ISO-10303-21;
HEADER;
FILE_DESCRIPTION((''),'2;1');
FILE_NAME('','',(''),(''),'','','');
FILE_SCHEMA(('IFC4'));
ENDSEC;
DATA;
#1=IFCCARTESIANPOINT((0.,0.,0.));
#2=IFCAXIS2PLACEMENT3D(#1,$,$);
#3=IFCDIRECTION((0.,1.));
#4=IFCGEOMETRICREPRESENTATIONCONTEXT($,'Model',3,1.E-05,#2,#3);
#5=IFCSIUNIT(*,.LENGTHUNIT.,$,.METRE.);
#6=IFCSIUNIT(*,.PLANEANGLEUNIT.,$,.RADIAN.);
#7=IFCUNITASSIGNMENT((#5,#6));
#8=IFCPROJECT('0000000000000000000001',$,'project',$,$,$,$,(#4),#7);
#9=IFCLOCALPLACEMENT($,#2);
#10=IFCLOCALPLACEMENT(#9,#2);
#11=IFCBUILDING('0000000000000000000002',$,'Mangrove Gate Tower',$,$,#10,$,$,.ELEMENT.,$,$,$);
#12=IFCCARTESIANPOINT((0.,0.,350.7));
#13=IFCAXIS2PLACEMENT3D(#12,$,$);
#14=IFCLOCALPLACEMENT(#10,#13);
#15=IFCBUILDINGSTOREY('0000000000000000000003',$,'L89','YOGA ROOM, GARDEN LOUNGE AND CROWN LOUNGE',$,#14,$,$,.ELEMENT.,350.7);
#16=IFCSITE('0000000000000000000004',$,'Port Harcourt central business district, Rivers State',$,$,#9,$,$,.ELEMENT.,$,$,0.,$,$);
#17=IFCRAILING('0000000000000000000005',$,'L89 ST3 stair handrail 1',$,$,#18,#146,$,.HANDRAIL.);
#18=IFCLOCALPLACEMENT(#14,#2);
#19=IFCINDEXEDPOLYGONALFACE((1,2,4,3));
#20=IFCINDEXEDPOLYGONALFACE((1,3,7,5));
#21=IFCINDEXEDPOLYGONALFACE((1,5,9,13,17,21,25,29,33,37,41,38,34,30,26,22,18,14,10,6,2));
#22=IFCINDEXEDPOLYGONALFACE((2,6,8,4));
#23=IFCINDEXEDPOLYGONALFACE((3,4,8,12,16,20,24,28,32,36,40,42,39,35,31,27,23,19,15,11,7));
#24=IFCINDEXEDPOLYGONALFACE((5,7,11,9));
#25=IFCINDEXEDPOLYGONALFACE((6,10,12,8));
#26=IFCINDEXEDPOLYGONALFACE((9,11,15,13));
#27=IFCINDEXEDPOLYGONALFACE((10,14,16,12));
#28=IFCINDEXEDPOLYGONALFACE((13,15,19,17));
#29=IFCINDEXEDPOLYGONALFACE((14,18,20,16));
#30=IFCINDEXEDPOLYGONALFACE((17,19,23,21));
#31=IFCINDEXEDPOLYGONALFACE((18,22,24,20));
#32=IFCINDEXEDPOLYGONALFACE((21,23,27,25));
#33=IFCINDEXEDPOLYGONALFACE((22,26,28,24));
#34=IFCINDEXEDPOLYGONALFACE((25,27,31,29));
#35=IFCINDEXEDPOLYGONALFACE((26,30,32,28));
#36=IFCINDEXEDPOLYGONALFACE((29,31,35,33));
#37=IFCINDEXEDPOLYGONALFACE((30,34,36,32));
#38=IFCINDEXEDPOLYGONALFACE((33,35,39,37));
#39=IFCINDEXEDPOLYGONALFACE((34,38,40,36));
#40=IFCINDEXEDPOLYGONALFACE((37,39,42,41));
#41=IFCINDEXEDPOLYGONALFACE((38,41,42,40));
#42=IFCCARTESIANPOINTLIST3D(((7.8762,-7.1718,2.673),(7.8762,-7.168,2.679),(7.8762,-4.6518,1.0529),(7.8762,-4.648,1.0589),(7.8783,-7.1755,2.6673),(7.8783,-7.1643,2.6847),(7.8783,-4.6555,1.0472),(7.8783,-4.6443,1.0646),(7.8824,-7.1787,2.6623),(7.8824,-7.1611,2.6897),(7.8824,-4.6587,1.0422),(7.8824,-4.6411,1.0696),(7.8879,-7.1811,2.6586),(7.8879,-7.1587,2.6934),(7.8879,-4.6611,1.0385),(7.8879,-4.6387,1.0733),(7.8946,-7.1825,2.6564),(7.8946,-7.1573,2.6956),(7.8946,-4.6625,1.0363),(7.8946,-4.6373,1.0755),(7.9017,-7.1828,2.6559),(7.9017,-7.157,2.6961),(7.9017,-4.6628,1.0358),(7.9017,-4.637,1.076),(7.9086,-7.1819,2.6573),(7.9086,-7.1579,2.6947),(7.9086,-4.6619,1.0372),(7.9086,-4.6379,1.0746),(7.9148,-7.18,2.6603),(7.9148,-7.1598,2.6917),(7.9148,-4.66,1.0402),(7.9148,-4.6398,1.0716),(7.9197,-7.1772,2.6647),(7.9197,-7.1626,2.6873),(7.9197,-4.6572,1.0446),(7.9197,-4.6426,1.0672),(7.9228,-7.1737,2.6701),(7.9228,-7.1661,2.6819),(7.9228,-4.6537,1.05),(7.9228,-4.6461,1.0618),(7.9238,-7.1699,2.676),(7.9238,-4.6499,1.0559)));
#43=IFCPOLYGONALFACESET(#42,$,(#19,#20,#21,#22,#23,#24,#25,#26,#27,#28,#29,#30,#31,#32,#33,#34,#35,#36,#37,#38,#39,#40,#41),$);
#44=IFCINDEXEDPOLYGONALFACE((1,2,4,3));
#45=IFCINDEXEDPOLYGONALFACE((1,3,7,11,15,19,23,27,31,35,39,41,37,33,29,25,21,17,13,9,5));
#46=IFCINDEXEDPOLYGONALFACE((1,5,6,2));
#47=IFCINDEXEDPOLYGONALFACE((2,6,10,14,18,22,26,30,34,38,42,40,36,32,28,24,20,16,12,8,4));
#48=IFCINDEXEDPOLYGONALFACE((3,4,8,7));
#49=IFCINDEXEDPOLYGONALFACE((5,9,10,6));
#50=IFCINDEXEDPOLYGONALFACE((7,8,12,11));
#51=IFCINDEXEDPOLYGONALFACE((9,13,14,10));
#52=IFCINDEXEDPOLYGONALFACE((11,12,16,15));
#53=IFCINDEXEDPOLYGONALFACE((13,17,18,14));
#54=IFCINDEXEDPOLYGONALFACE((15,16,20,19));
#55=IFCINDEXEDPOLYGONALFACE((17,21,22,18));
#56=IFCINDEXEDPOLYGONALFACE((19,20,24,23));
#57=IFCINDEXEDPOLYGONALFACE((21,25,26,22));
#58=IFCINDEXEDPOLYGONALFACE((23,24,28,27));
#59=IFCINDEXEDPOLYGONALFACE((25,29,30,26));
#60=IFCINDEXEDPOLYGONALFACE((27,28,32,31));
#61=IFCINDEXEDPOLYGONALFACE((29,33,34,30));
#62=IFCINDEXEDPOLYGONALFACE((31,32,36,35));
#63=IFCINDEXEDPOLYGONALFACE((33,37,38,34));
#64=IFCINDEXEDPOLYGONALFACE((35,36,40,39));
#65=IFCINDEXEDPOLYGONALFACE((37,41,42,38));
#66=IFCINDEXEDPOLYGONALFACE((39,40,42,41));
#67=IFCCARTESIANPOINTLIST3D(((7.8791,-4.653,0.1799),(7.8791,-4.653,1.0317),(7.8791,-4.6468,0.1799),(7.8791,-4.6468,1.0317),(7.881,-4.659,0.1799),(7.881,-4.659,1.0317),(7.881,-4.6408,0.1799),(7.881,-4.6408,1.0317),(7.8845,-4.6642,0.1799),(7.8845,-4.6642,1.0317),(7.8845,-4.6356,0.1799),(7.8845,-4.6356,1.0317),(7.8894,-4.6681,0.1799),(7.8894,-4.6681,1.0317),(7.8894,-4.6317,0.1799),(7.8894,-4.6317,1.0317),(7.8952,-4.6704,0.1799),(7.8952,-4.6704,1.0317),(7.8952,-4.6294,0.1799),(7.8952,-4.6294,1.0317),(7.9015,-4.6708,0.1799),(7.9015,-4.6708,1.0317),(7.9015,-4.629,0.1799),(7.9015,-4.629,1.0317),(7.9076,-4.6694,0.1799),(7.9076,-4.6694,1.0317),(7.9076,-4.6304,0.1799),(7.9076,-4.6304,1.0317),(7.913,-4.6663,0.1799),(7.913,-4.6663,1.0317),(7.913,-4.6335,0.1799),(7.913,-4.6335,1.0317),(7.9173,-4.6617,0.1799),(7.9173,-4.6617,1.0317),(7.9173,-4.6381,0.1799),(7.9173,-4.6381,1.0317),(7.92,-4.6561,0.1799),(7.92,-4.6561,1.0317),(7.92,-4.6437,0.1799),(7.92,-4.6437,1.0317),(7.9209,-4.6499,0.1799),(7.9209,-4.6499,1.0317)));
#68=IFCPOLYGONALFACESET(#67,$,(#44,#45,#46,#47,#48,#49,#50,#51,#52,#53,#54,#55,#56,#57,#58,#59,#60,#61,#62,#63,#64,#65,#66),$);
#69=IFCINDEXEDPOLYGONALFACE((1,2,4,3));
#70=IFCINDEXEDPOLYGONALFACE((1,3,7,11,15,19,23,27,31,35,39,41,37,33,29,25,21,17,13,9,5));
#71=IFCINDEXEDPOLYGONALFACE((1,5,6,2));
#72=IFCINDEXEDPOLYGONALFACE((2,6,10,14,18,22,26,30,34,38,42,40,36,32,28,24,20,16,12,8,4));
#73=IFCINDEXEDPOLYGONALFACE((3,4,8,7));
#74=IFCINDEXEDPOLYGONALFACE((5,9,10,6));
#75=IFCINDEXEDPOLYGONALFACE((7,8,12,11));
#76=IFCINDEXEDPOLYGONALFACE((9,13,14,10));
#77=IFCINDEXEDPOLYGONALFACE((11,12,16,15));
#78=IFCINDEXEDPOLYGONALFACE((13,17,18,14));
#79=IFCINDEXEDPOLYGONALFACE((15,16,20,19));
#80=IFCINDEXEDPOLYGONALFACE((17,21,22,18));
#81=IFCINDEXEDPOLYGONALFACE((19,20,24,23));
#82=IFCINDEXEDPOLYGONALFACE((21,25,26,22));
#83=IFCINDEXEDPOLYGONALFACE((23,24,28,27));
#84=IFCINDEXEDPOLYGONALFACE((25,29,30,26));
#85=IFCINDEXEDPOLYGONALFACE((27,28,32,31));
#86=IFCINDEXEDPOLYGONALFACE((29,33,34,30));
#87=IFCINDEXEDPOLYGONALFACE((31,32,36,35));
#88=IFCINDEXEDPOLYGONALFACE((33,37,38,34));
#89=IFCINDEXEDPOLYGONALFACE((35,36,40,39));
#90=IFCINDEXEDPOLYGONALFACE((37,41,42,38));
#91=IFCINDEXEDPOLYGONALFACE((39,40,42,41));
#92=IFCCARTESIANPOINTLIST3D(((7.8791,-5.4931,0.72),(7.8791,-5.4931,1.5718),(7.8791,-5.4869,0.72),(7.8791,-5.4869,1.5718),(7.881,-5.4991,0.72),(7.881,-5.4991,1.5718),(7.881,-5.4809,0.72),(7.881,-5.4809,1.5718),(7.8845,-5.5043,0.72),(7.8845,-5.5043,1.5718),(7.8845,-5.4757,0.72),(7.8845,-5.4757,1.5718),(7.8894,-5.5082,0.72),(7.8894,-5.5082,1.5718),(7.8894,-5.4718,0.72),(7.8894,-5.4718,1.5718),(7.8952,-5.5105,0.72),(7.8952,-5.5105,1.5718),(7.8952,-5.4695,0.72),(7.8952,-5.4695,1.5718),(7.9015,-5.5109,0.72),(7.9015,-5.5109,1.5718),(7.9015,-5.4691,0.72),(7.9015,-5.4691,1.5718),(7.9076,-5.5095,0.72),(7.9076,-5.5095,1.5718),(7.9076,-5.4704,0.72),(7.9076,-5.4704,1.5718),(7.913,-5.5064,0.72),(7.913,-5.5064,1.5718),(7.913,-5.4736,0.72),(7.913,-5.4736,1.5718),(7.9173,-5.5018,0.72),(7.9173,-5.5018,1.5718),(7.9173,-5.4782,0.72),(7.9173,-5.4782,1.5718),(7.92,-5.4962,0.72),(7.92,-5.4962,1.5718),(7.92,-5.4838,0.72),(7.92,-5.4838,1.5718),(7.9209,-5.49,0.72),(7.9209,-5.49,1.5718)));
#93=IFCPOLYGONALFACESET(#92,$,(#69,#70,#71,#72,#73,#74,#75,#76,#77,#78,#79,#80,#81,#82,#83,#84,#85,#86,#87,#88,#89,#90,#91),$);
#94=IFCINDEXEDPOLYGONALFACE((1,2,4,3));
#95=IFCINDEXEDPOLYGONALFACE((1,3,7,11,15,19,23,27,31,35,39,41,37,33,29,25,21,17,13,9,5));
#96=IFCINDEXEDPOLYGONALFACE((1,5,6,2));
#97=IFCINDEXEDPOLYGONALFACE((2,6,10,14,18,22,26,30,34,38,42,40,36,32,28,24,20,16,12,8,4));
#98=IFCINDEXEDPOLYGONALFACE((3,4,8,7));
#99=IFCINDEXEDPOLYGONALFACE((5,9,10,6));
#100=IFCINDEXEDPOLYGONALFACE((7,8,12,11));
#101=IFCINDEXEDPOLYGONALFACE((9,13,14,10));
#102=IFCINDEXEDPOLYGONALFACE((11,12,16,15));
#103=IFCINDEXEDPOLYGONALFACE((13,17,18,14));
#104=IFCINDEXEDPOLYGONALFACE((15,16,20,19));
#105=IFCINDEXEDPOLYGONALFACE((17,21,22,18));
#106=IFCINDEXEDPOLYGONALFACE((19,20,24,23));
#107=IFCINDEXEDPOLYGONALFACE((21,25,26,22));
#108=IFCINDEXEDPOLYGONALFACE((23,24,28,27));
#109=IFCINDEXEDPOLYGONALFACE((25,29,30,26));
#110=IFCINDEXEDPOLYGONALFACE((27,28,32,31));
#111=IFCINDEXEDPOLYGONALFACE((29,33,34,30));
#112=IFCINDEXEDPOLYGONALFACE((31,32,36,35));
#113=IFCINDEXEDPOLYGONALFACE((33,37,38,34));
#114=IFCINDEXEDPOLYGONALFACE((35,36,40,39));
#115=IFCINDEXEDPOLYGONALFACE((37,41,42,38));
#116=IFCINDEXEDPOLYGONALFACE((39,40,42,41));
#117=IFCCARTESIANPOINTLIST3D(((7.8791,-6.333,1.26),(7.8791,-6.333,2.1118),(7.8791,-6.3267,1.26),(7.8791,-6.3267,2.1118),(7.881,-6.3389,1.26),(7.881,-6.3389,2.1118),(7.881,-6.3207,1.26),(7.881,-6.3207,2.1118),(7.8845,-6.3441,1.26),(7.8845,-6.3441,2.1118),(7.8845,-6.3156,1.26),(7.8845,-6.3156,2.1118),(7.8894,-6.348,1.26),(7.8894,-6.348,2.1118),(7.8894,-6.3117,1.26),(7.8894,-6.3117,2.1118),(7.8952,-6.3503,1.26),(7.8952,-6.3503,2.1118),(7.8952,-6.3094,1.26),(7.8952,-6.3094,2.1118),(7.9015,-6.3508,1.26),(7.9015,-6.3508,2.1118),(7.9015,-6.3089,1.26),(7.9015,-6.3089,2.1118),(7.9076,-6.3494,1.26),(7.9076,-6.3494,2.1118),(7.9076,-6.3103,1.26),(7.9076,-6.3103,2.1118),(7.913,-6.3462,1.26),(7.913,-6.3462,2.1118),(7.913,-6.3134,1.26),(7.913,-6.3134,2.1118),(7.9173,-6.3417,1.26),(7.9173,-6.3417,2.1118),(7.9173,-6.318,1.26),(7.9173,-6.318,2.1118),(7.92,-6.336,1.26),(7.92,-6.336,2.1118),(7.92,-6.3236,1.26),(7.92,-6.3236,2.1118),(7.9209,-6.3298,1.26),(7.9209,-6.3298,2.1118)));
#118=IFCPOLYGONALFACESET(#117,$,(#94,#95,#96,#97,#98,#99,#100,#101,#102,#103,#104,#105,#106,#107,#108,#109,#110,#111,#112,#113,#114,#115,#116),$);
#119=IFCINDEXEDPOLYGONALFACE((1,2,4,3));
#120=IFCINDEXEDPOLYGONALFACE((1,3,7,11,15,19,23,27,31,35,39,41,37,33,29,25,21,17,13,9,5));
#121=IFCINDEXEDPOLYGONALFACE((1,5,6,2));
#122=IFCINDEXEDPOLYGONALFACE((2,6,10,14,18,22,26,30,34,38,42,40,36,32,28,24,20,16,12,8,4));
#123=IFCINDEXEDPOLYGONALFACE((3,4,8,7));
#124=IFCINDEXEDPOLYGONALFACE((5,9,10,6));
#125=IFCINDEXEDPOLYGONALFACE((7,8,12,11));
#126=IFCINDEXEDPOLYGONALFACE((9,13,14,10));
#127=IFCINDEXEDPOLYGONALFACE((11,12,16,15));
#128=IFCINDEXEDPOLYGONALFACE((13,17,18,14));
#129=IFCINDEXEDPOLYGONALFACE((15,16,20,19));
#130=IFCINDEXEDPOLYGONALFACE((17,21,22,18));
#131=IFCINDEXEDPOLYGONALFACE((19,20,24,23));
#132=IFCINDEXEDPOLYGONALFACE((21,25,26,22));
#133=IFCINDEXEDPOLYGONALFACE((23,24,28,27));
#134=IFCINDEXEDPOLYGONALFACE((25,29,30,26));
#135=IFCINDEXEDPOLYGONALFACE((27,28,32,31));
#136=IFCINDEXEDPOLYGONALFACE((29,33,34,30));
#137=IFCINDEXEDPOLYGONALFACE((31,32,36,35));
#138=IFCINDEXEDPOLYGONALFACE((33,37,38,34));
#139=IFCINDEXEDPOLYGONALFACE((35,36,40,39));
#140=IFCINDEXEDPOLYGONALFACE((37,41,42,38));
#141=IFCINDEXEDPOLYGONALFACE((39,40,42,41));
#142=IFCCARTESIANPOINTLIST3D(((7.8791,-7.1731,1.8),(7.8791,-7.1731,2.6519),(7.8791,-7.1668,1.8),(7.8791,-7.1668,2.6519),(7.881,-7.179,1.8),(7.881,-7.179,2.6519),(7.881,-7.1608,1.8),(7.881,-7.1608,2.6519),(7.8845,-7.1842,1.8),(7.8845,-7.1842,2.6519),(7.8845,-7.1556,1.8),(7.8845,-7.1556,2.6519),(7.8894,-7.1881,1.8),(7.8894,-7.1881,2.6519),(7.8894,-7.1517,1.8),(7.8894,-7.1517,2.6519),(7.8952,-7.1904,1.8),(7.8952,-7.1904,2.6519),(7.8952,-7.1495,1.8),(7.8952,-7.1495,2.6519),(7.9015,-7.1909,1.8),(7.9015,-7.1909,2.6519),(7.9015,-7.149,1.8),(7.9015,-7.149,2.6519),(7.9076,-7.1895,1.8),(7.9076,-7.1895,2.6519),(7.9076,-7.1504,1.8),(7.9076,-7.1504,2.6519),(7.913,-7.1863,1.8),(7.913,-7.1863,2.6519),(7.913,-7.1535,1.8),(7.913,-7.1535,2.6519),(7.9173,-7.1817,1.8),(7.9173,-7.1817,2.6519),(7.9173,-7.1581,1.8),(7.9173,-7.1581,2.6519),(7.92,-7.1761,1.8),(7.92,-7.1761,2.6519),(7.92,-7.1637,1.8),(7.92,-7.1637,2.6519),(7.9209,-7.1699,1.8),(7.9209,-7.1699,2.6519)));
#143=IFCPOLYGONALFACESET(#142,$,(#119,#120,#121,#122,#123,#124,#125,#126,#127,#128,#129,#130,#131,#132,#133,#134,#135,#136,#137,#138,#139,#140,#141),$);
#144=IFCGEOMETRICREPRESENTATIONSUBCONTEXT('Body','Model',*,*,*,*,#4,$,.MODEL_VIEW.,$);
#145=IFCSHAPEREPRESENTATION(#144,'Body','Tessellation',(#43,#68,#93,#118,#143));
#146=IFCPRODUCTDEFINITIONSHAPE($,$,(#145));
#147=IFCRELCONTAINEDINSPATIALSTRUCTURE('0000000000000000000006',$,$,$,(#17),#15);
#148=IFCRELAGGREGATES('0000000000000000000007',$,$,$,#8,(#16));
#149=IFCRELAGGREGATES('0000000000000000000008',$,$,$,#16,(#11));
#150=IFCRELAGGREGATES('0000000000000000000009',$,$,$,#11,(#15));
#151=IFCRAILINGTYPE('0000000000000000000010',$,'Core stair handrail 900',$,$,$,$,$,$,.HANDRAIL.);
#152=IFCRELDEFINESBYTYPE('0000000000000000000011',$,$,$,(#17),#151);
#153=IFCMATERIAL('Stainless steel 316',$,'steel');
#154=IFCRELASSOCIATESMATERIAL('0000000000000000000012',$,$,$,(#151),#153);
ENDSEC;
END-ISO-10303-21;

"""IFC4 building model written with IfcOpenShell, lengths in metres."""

from ifc_helpers import new_model, si_unit, direction, frame, origin, origin_2d, place, context, subcontext, project, spatial, circle, extrude, material, type_object, element, save


model = new_model("IFC4")

# Units and contexts
model_context = context("Model", 3, precision=1e-05, world=origin(), true_north=direction((0.0, 1.0)))
body_context = subcontext(model_context, "Body", "Model", "MODEL_VIEW")
ifc_project = project(units=[si_unit("LENGTHUNIT", "METRE"), si_unit("PLANEANGLEUNIT", "RADIAN")], contexts=[model_context])

# Site, building, storey
site_placement = place(None, origin())
site = spatial("IfcSite", under=ifc_project, at=site_placement, Name="Port Harcourt central business district, Rivers State", CompositionType="ELEMENT", RefElevation=0.0)
building_placement = place(site_placement, origin())
building = spatial("IfcBuilding", under=site, at=building_placement, Name="Mangrove Gate Tower", CompositionType="ELEMENT")
storey_placement = place(building_placement, frame((0.0, 0.0, 350.7)))
storey = spatial("IfcBuildingStorey", under=building, at=storey_placement, Name="L89", Description="YOGA ROOM, GARDEN LOUNGE AND CROWN LOUNGE", CompositionType="ELEMENT", Elevation=350.7)

# Railing
ifc_material_1 = material(Name="Stainless steel 316", Category="steel")
railing_type_1 = type_object("IfcRailingType", Name="Core stair handrail 900", PredefinedType="HANDRAIL", material=ifc_material_1)
railing_1_placement = place(storey_placement, frame((7.8999, -4.6499, 0.1799)))
element("IfcRailing", 1, at=railing_1_placement, inside=storey, type_object=railing_type_1, Name="L89 ST3 stair handrail 1", PredefinedType="HANDRAIL", context=body_context, shape_type="SweptSolid", body=[
    extrude(circle(Radius=0.0239, at=origin_2d()), frame((0.0, 0.0, 0.876), z_axis=(0.0, -0.841163, 0.540782), x_axis=(1.0, 0.0, 0.0)), (0.0, 0.0, 1.0), 2.9958),
    extrude(circle(Radius=0.021, at=origin_2d()), origin(), (0.0, 0.0, 1.0), 0.8518),
    extrude(circle(Radius=0.021, at=origin_2d()), frame((0.0, -0.8401, 0.54)), (0.0, 0.0, 1.0), 0.8518),
    extrude(circle(Radius=0.021, at=origin_2d()), frame((0.0, -1.6799, 1.0801)), (0.0, 0.0, 1.0), 0.8518),
    extrude(circle(Radius=0.021, at=origin_2d()), frame((0.0, -2.52, 1.6201)), (0.0, 0.0, 1.0), 0.8518),
])

save(model, "model.ifc")
